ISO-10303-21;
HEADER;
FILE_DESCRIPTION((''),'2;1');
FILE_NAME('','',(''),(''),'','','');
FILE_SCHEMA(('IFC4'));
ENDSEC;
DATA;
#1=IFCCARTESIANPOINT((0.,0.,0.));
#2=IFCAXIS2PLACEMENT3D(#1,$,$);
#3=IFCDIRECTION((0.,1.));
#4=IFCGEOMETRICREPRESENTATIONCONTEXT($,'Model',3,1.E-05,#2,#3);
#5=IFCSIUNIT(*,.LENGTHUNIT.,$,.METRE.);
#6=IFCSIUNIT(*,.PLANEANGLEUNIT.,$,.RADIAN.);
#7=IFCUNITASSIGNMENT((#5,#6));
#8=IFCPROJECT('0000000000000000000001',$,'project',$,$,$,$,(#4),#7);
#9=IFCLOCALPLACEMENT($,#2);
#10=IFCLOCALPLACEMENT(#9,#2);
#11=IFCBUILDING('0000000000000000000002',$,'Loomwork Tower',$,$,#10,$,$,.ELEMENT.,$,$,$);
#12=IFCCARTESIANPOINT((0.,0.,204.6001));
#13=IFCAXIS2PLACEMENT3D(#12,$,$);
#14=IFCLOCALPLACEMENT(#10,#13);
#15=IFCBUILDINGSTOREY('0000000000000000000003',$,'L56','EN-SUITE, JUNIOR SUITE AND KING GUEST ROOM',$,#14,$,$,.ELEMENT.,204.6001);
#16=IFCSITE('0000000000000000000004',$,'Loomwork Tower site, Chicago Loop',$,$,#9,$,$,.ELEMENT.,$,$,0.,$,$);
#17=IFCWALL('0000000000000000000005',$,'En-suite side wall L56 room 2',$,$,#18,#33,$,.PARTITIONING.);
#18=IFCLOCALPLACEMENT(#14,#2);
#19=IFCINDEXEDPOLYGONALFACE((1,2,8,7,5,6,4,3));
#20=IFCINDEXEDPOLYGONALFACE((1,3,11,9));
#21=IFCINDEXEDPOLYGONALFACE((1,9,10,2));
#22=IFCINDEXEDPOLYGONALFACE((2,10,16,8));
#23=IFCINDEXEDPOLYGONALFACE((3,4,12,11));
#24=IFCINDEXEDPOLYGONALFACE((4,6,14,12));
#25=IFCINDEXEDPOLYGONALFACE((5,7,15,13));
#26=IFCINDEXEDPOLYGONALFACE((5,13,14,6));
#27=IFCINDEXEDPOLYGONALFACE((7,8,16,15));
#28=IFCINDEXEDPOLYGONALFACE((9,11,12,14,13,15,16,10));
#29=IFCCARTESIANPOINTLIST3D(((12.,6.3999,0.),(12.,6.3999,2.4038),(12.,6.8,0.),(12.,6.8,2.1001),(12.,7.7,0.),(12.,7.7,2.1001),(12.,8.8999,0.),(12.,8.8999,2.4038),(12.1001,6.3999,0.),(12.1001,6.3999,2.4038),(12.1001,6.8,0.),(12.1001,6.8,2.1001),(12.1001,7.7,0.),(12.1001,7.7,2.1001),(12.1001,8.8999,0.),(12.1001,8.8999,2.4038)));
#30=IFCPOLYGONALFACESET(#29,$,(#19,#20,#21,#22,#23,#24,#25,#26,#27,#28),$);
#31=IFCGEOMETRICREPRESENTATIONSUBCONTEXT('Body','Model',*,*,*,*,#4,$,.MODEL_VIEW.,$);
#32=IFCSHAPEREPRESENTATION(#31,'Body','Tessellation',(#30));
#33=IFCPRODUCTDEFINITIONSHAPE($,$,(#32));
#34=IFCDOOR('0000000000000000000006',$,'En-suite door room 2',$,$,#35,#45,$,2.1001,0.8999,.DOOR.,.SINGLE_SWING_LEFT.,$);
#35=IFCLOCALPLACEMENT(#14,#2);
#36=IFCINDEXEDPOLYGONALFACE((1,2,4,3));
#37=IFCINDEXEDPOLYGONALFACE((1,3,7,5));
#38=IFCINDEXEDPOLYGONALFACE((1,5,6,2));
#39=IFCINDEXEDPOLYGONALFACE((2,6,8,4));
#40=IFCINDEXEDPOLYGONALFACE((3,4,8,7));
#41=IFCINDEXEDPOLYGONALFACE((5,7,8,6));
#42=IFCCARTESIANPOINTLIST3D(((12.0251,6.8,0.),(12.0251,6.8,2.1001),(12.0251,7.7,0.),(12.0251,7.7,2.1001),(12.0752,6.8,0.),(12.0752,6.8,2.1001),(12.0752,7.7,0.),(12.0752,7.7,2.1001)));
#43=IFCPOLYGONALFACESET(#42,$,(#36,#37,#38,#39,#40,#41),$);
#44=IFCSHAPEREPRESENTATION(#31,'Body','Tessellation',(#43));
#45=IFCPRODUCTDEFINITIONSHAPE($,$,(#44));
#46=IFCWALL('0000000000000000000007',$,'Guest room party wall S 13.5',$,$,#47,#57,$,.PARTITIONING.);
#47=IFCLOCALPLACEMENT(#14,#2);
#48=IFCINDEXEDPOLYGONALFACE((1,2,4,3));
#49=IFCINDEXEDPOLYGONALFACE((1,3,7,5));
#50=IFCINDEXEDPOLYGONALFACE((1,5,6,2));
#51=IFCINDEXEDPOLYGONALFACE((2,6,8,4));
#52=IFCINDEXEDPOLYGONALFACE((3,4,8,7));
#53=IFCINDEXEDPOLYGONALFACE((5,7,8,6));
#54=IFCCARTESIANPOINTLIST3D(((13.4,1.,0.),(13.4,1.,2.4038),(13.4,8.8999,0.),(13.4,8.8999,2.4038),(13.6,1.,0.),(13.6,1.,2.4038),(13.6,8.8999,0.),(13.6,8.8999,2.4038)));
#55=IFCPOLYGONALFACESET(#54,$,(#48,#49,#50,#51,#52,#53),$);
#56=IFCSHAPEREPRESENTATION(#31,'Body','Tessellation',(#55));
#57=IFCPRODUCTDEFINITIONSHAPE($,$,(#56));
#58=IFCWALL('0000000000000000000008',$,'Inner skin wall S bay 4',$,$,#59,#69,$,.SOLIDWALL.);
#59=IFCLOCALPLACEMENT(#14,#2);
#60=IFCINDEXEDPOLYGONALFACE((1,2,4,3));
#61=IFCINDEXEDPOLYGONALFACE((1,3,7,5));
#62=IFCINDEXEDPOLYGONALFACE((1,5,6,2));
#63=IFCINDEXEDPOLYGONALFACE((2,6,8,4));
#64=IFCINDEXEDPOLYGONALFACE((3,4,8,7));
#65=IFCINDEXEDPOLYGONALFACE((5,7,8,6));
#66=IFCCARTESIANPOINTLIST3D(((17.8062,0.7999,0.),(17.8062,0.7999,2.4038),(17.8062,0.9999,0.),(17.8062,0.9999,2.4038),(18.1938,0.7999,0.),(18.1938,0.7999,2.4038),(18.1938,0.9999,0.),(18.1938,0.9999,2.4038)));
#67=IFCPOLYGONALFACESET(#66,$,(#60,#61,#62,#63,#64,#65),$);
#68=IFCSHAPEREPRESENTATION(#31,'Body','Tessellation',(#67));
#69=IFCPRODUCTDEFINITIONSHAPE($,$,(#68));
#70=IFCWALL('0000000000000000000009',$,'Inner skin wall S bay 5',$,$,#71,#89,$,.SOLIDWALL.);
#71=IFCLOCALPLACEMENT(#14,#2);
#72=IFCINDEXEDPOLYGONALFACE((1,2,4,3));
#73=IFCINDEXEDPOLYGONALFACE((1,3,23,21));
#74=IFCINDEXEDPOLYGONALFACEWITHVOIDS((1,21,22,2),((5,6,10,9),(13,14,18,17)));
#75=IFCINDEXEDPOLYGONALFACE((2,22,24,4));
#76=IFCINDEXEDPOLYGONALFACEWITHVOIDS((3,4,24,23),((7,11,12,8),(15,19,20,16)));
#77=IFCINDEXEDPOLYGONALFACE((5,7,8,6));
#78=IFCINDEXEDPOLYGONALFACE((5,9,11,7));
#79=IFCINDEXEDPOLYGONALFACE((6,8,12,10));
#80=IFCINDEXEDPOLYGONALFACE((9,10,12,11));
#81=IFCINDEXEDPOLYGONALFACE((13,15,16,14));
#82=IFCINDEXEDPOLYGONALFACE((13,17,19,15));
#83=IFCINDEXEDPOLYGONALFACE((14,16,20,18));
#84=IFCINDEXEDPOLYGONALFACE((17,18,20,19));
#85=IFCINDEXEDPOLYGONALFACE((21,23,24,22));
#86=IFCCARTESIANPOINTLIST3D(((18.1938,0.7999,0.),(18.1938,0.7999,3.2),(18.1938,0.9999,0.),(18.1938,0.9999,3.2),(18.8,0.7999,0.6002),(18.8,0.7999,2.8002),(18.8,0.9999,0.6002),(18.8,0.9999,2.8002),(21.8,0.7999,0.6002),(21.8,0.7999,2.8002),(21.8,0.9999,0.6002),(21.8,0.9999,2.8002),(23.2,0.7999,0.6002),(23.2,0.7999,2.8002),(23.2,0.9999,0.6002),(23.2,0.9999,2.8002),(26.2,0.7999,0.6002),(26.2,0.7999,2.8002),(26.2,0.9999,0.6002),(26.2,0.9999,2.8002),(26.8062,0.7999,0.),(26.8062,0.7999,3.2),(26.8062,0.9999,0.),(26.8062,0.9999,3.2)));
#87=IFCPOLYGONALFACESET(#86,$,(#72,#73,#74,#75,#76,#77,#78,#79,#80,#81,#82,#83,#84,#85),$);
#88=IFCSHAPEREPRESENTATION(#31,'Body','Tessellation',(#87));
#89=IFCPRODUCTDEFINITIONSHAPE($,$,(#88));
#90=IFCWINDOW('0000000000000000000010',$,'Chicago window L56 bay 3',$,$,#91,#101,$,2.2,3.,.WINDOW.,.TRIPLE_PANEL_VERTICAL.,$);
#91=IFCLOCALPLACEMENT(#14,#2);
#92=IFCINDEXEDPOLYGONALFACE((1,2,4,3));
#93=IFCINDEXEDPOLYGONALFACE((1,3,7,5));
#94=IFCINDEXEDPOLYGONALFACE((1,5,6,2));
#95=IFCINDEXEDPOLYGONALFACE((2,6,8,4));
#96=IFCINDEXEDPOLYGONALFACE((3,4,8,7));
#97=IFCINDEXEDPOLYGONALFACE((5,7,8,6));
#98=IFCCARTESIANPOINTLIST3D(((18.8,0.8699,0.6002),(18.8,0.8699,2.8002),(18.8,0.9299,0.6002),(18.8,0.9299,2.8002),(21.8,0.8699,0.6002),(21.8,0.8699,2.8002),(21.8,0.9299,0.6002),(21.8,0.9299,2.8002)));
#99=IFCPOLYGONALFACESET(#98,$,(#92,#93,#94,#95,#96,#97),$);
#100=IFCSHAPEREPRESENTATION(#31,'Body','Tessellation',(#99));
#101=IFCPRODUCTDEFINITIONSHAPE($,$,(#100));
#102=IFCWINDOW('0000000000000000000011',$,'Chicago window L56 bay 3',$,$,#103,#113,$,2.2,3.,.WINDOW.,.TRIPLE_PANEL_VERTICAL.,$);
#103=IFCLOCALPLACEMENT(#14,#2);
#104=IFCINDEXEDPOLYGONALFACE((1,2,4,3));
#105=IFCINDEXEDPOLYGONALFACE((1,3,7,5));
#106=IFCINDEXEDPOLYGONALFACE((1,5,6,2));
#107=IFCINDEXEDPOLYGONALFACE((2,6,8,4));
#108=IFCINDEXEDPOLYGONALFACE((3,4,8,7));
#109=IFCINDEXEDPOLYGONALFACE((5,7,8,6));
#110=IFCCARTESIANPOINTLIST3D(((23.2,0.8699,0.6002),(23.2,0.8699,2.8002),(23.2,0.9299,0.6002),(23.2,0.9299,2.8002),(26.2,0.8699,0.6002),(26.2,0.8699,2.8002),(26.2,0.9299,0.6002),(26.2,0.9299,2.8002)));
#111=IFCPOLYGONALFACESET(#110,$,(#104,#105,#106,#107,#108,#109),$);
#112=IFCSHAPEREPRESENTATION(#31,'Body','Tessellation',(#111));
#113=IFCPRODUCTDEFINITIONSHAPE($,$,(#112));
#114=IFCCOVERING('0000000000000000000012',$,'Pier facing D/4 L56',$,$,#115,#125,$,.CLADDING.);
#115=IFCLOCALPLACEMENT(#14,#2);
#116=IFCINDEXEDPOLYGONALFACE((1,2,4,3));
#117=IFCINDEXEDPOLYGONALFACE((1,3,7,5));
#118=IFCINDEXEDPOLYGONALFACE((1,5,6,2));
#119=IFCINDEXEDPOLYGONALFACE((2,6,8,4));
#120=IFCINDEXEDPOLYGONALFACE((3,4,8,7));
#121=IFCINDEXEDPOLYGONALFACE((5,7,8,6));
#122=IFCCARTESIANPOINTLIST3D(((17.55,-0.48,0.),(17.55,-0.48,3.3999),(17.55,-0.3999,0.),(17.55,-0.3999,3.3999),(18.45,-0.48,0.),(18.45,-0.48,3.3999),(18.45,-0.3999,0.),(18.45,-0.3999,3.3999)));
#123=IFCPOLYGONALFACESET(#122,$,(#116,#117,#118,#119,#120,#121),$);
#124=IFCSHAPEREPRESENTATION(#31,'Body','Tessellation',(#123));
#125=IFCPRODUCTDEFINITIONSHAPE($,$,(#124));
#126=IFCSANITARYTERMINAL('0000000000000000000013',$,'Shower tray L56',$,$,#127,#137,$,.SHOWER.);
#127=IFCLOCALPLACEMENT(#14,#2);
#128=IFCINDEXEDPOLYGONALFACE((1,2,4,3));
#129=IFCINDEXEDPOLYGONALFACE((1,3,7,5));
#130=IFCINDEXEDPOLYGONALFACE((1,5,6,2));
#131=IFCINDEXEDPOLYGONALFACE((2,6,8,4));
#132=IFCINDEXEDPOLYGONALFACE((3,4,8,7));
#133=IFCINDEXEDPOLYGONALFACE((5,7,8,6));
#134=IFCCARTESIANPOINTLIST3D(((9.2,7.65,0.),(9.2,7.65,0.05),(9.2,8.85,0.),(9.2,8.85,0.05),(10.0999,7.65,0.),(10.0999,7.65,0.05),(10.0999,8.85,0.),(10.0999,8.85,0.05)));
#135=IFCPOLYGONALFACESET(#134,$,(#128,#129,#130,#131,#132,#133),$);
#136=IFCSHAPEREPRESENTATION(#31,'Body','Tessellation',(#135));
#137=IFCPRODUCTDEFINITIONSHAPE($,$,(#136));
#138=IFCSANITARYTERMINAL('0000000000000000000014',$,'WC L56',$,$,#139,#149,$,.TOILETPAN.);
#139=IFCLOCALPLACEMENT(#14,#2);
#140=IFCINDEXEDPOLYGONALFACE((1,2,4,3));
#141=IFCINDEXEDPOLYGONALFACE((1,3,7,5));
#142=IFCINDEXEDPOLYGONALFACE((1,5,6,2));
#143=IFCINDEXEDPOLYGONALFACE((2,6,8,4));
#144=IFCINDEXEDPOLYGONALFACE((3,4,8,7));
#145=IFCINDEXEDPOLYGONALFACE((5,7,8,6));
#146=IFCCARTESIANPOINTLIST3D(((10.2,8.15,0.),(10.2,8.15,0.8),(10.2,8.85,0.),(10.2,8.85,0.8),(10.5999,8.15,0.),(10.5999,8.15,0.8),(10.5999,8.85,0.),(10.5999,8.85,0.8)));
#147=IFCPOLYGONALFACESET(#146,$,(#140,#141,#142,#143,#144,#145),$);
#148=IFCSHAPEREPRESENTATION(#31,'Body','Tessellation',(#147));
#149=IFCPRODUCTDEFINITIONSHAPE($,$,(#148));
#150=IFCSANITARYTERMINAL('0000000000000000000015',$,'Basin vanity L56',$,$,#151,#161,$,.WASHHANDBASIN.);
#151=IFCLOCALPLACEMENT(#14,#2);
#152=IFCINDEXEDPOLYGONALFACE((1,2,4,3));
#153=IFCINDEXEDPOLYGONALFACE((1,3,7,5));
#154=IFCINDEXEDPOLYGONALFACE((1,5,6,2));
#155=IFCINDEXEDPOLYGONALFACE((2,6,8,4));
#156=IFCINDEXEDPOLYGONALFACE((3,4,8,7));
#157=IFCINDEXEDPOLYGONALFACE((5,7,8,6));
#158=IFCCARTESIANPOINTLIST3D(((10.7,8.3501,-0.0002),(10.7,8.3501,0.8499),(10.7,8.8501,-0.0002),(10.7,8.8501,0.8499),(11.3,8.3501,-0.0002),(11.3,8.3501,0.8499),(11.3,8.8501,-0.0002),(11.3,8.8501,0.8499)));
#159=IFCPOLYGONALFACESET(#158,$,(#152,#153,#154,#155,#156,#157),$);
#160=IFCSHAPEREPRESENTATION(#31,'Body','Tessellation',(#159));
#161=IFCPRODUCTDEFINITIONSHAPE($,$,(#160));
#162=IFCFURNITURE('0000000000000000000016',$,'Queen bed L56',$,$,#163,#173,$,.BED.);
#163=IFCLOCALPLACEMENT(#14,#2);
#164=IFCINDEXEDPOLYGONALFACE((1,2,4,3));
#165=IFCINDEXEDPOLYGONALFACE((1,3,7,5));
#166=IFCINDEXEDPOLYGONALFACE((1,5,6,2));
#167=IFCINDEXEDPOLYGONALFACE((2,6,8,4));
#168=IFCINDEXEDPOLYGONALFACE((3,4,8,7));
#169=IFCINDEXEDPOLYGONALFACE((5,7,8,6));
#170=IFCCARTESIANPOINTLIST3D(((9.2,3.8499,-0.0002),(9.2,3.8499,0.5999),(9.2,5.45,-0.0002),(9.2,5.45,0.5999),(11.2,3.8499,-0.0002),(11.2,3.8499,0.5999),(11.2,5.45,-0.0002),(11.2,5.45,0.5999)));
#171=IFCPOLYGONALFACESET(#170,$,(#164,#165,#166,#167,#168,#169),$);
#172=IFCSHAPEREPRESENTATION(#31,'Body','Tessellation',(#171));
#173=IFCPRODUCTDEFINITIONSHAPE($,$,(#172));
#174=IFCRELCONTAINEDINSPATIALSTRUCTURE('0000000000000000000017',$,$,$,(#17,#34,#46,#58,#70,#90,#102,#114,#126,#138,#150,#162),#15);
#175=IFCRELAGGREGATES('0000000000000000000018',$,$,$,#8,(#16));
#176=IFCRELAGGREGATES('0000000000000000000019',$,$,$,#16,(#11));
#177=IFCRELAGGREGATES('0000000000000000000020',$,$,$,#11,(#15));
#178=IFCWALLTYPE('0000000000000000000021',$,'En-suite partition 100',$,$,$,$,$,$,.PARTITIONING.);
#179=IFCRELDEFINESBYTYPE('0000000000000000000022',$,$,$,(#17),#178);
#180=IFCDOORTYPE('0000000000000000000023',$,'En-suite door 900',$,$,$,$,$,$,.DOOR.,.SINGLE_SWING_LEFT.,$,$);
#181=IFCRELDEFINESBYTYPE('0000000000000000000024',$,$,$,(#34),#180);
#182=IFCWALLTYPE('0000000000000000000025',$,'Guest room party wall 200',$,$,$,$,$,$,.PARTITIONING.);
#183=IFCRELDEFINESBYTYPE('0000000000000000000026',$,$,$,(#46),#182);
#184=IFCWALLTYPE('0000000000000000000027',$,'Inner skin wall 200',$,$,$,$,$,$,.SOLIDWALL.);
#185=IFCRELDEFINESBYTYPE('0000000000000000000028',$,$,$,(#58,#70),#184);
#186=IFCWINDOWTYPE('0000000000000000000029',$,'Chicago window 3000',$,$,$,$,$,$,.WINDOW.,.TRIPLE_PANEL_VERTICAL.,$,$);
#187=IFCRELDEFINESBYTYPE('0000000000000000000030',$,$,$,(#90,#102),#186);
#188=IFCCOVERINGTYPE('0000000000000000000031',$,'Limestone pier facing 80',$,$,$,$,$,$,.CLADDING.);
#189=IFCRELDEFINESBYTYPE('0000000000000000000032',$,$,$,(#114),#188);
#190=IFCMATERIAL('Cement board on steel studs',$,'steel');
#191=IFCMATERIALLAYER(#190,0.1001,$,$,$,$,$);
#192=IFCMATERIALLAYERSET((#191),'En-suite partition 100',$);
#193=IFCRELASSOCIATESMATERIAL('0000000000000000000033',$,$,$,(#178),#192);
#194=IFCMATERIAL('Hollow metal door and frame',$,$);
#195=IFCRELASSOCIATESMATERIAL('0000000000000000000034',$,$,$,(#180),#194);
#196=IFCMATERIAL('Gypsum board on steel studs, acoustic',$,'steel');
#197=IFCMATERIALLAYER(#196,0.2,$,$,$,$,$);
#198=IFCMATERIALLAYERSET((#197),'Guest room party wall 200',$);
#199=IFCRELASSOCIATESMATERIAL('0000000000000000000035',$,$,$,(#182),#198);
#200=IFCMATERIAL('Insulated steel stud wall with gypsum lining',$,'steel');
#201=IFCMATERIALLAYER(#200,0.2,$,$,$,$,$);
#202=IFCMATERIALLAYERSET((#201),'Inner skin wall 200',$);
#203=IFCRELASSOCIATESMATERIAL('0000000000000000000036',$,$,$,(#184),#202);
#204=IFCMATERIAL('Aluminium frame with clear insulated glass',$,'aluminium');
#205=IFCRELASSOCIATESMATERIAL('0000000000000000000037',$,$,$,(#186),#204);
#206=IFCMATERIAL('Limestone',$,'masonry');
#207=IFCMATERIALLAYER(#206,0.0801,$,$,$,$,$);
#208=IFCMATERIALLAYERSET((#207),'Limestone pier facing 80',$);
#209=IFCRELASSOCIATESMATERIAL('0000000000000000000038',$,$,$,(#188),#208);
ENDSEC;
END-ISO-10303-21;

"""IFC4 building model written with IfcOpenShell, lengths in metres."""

from ifc_helpers import new_model, si_unit, direction, frame, frame_2d, origin, origin_2d, place, context, subcontext, project, spatial, rectangle, extrude, material, layer, layer_set, type_object, element, fill, save


model = new_model("IFC4")

# Units and contexts
model_context = context("Model", 3, precision=1e-05, world=origin(), true_north=direction((0.0, 1.0)))
body_context = subcontext(model_context, "Body", "Model", "MODEL_VIEW")
ifc_project = project(units=[si_unit("LENGTHUNIT", "METRE"), si_unit("PLANEANGLEUNIT", "RADIAN")], contexts=[model_context])

# Site, building, storey
site_placement = place(None, origin())
site = spatial("IfcSite", under=ifc_project, at=site_placement, Name="Loomwork Tower site, Chicago Loop", CompositionType="ELEMENT", RefElevation=0.0)
building_placement = place(site_placement, origin())
building = spatial("IfcBuilding", under=site, at=building_placement, Name="Loomwork Tower", CompositionType="ELEMENT")
storey_placement = place(building_placement, frame((0.0, 0.0, 204.6001)))
storey = spatial("IfcBuildingStorey", under=building, at=storey_placement, Name="L56", Description="EN-SUITE, JUNIOR SUITE AND KING GUEST ROOM", CompositionType="ELEMENT", Elevation=204.6001)

# Wall, opening, door
ifc_material_1 = material(Name="Cement board on steel studs", Category="steel")
ifc_layer_1 = layer(ifc_material_1, 0.1001)
ifc_layer_set_1 = layer_set([ifc_layer_1], Name="En-suite partition 100")
wall_type_1 = type_object("IfcWallType", Name="En-suite partition 100", PredefinedType="PARTITIONING", material=ifc_layer_set_1)
wall_1_placement = place(storey_placement, frame((12.05, 8.8999, 0.0), z_axis=(0.0, 0.0, 1.0), x_axis=(0.0, -1.0, 0.0)))
wall_1 = element("IfcWall", 1, at=wall_1_placement, inside=storey, type_object=wall_type_1, Name="En-suite side wall L56 room 2", PredefinedType="PARTITIONING", context=body_context, shape_type="SweptSolid", body=[
    extrude(rectangle(XDim=2.5, YDim=0.1001, at=frame_2d((1.25, 0.0))), origin(), (0.0, 0.0, 1.0), 2.4038),
])
opening_1_placement = place(wall_1_placement, frame((1.2, 0.0, 0.0)))
opening_1 = element("IfcOpeningElement", 2, at=opening_1_placement, cuts=wall_1, PredefinedType="OPENING", context=body_context, shape_type="SweptSolid", body=[
    extrude(rectangle(XDim=0.8999, YDim=2.1001, at=frame_2d((0.45, 1.05))), frame((0.0, 0.0601, 0.0), z_axis=(0.0, -1.0, 0.0), x_axis=(1.0, 0.0, 0.0)), (0.0, 0.0, 1.0), 0.1201),
])
ifc_material_2 = material(Name="Hollow metal door and frame")
door_type = type_object("IfcDoorType", Name="En-suite door 900", OperationType="SINGLE_SWING_LEFT", PredefinedType="DOOR", material=ifc_material_2)
door_placement = place(opening_1_placement, frame((0.8999, 0.0, 0.0), z_axis=(0.0, 0.0, 1.0), x_axis=(-1.0, 0.0, 0.0)))
door = element("IfcDoor", 3, at=door_placement, inside=storey, type_object=door_type, Name="En-suite door room 2", OperationType="SINGLE_SWING_LEFT", OverallHeight=2.1001, OverallWidth=0.8999, PredefinedType="DOOR", context=body_context, shape_type="SweptSolid", body=[
    extrude(rectangle(XDim=0.8999, YDim=2.1001, at=frame_2d((0.45, 1.05))), frame((0.0, 0.0249, 0.0), z_axis=(0.0, -1.0, 0.0), x_axis=(1.0, 0.0, 0.0)), (0.0, 0.0, 1.0), 0.05),
])
fill(opening_1, door)

# Walls
ifc_material_3 = material(Name="Gypsum board on steel studs, acoustic", Category="steel")
ifc_layer_2 = layer(ifc_material_3, 0.2)
ifc_layer_set_2 = layer_set([ifc_layer_2], Name="Guest room party wall 200")
wall_type_2 = type_object("IfcWallType", Name="Guest room party wall 200", PredefinedType="PARTITIONING", material=ifc_layer_set_2)
wall_2_placement = place(storey_placement, frame((13.5, 8.8999, 0.0), z_axis=(0.0, 0.0, 1.0), x_axis=(0.0, -1.0, 0.0)))
element("IfcWall", 4, at=wall_2_placement, inside=storey, type_object=wall_type_2, Name="Guest room party wall S 13.5", PredefinedType="PARTITIONING", context=body_context, shape_type="SweptSolid", body=[
    extrude(rectangle(XDim=7.8999, YDim=0.2, at=frame_2d((3.95, 0.0))), origin(), (0.0, 0.0, 1.0), 2.4038),
])
ifc_material_4 = material(Name="Insulated steel stud wall with gypsum lining", Category="steel")
ifc_layer_3 = layer(ifc_material_4, 0.2)
ifc_layer_set_3 = layer_set([ifc_layer_3], Name="Inner skin wall 200")
wall_type_3 = type_object("IfcWallType", Name="Inner skin wall 200", PredefinedType="SOLIDWALL", material=ifc_layer_set_3)
wall_3_placement = place(storey_placement, frame((17.8062, 0.8999, 0.0), z_axis=(0.0, 0.0, 1.0), x_axis=(1.0, 0.0, 0.0)))
element("IfcWall", 5, at=wall_3_placement, inside=storey, type_object=wall_type_3, Name="Inner skin wall S bay 4", PredefinedType="SOLIDWALL", context=body_context, shape_type="SweptSolid", body=[
    extrude(rectangle(XDim=0.3877, YDim=0.2, at=frame_2d((0.1938, 0.0))), origin(), (0.0, 0.0, 1.0), 2.4038),
])

# Wall, openings, windows
wall_4_placement = place(storey_placement, frame((18.1938, 0.8999, 0.0), z_axis=(0.0, 0.0, 1.0), x_axis=(1.0, 0.0, 0.0)))
wall_4 = element("IfcWall", 6, at=wall_4_placement, inside=storey, type_object=wall_type_3, Name="Inner skin wall S bay 5", PredefinedType="SOLIDWALL", context=body_context, shape_type="SweptSolid", body=[
    extrude(rectangle(XDim=8.6123, YDim=0.2, at=frame_2d((4.3062, 0.0))), origin(), (0.0, 0.0, 1.0), 3.2),
])
opening_2_placement = place(wall_4_placement, frame((0.6062, 0.0, 0.6001)))
opening_2 = element("IfcOpeningElement", 7, at=opening_2_placement, cuts=wall_4, PredefinedType="OPENING", context=body_context, shape_type="SweptSolid", body=[
    extrude(rectangle(XDim=3.0, YDim=2.2, at=frame_2d((1.5, 1.1001))), frame((0.0, 0.1099, 0.0), z_axis=(0.0, -1.0, 0.0), x_axis=(1.0, 0.0, 0.0)), (0.0, 0.0, 1.0), 0.22),
])
opening_3_placement = place(wall_4_placement, frame((5.0061, 0.0, 0.6001)))
opening_3 = element("IfcOpeningElement", 8, at=opening_3_placement, cuts=wall_4, PredefinedType="OPENING", context=body_context, shape_type="SweptSolid", body=[
    extrude(rectangle(XDim=3.0, YDim=2.2, at=frame_2d((1.5, 1.1001))), frame((0.0, 0.1099, 0.0), z_axis=(0.0, -1.0, 0.0), x_axis=(1.0, 0.0, 0.0)), (0.0, 0.0, 1.0), 0.22),
])
ifc_material_5 = material(Name="Aluminium frame with clear insulated glass", Category="aluminium")
window_type = type_object("IfcWindowType", Name="Chicago window 3000", PartitioningType="TRIPLE_PANEL_VERTICAL", PredefinedType="WINDOW", material=ifc_material_5)
window_1_placement = place(opening_2_placement, origin())
window_1 = element("IfcWindow", 9, at=window_1_placement, inside=storey, type_object=window_type, Name="Chicago window L56 bay 3", OverallHeight=2.2, OverallWidth=3.0, PartitioningType="TRIPLE_PANEL_VERTICAL", PredefinedType="WINDOW", context=body_context, shape_type="SweptSolid", body=[
    extrude(rectangle(XDim=3.0, YDim=2.2, at=frame_2d((1.5, 1.1001))), frame((0.0, 0.03, 0.0), z_axis=(0.0, -1.0, 0.0), x_axis=(1.0, 0.0, 0.0)), (0.0, 0.0, 1.0), 0.0601),
])
fill(opening_2, window_1)
window_2_placement = place(opening_3_placement, origin())
window_2 = element("IfcWindow", 10, at=window_2_placement, inside=storey, type_object=window_type, Name="Chicago window L56 bay 3", OverallHeight=2.2, OverallWidth=3.0, PartitioningType="TRIPLE_PANEL_VERTICAL", PredefinedType="WINDOW", context=body_context, shape_type="SweptSolid", body=[
    extrude(rectangle(XDim=3.0, YDim=2.2, at=frame_2d((1.5, 1.1001))), frame((0.0, 0.03, 0.0), z_axis=(0.0, -1.0, 0.0), x_axis=(1.0, 0.0, 0.0)), (0.0, 0.0, 1.0), 0.0601),
])
fill(opening_3, window_2)

# Covering
ifc_material_6 = material(Name="Limestone", Category="masonry")
ifc_layer_4 = layer(ifc_material_6, 0.0801)
ifc_layer_set_4 = layer_set([ifc_layer_4], Name="Limestone pier facing 80")
covering_type = type_object("IfcCoveringType", Name="Limestone pier facing 80", PredefinedType="CLADDING", material=ifc_layer_set_4)
covering_placement = place(storey_placement, frame((18.0, -0.4399, 0.0), z_axis=(0.0, 0.0, 1.0), x_axis=(1.0, 0.0, 0.0)))
element("IfcCovering", 11, at=covering_placement, inside=storey, type_object=covering_type, Name="Pier facing D/4 L56", PredefinedType="CLADDING", context=body_context, shape_type="SweptSolid", body=[
    extrude(rectangle(XDim=0.8999, YDim=0.0801, at=origin_2d()), origin(), (0.0, 0.0, 1.0), 3.3999),
])

# Sanitary terminals
sanitary_terminal_1_placement = place(storey_placement, frame((9.6499, 8.25, 0.0), z_axis=(0.0, 0.0, 1.0), x_axis=(1.0, 0.0, 0.0)))
element("IfcSanitaryTerminal", 12, at=sanitary_terminal_1_placement, inside=storey, Name="Shower tray L56", PredefinedType="SHOWER", context=body_context, shape_type="SweptSolid", body=[
    extrude(rectangle(XDim=0.8999, YDim=1.2, at=origin_2d()), origin(), (0.0, 0.0, 1.0), 0.05),
])
sanitary_terminal_2_placement = place(storey_placement, frame((10.3999, 8.5, 0.0), z_axis=(0.0, 0.0, 1.0), x_axis=(1.0, 0.0, 0.0)))
element("IfcSanitaryTerminal", 13, at=sanitary_terminal_2_placement, inside=storey, Name="WC L56", PredefinedType="TOILETPAN", context=body_context, shape_type="SweptSolid", body=[
    extrude(rectangle(XDim=0.3999, YDim=0.7, at=origin_2d()), origin(), (0.0, 0.0, 1.0), 0.8),
])
sanitary_terminal_3_placement = place(storey_placement, frame((11.0, 8.6001, -0.0002), z_axis=(0.0, 0.0, 1.0), x_axis=(1.0, 0.0, 0.0)))
element("IfcSanitaryTerminal", 14, at=sanitary_terminal_3_placement, inside=storey, Name="Basin vanity L56", PredefinedType="WASHHANDBASIN", context=body_context, shape_type="SweptSolid", body=[
    extrude(rectangle(XDim=0.6001, YDim=0.5, at=origin_2d()), origin(), (0.0, 0.0, 1.0), 0.8501),
])

# Furniture
for number, where, z_axis, x_axis, name in (
    (15, (10.2, 4.6499, -0.0002), (0.0, 0.0, 1.0), (1.0, 0.0, 0.0), "Queen bed L56"),
):
    element("IfcFurniture", number, at=place(storey_placement, frame(where, z_axis=z_axis, x_axis=x_axis)), inside=storey, Name=name, PredefinedType="BED", context=body_context, shape_type="SweptSolid", body=[
        extrude(rectangle(XDim=2.0, YDim=1.6001, at=origin_2d()), origin(), (0.0, 0.0, 1.0), 0.6001),
    ])

save(model, "model.ifc")
